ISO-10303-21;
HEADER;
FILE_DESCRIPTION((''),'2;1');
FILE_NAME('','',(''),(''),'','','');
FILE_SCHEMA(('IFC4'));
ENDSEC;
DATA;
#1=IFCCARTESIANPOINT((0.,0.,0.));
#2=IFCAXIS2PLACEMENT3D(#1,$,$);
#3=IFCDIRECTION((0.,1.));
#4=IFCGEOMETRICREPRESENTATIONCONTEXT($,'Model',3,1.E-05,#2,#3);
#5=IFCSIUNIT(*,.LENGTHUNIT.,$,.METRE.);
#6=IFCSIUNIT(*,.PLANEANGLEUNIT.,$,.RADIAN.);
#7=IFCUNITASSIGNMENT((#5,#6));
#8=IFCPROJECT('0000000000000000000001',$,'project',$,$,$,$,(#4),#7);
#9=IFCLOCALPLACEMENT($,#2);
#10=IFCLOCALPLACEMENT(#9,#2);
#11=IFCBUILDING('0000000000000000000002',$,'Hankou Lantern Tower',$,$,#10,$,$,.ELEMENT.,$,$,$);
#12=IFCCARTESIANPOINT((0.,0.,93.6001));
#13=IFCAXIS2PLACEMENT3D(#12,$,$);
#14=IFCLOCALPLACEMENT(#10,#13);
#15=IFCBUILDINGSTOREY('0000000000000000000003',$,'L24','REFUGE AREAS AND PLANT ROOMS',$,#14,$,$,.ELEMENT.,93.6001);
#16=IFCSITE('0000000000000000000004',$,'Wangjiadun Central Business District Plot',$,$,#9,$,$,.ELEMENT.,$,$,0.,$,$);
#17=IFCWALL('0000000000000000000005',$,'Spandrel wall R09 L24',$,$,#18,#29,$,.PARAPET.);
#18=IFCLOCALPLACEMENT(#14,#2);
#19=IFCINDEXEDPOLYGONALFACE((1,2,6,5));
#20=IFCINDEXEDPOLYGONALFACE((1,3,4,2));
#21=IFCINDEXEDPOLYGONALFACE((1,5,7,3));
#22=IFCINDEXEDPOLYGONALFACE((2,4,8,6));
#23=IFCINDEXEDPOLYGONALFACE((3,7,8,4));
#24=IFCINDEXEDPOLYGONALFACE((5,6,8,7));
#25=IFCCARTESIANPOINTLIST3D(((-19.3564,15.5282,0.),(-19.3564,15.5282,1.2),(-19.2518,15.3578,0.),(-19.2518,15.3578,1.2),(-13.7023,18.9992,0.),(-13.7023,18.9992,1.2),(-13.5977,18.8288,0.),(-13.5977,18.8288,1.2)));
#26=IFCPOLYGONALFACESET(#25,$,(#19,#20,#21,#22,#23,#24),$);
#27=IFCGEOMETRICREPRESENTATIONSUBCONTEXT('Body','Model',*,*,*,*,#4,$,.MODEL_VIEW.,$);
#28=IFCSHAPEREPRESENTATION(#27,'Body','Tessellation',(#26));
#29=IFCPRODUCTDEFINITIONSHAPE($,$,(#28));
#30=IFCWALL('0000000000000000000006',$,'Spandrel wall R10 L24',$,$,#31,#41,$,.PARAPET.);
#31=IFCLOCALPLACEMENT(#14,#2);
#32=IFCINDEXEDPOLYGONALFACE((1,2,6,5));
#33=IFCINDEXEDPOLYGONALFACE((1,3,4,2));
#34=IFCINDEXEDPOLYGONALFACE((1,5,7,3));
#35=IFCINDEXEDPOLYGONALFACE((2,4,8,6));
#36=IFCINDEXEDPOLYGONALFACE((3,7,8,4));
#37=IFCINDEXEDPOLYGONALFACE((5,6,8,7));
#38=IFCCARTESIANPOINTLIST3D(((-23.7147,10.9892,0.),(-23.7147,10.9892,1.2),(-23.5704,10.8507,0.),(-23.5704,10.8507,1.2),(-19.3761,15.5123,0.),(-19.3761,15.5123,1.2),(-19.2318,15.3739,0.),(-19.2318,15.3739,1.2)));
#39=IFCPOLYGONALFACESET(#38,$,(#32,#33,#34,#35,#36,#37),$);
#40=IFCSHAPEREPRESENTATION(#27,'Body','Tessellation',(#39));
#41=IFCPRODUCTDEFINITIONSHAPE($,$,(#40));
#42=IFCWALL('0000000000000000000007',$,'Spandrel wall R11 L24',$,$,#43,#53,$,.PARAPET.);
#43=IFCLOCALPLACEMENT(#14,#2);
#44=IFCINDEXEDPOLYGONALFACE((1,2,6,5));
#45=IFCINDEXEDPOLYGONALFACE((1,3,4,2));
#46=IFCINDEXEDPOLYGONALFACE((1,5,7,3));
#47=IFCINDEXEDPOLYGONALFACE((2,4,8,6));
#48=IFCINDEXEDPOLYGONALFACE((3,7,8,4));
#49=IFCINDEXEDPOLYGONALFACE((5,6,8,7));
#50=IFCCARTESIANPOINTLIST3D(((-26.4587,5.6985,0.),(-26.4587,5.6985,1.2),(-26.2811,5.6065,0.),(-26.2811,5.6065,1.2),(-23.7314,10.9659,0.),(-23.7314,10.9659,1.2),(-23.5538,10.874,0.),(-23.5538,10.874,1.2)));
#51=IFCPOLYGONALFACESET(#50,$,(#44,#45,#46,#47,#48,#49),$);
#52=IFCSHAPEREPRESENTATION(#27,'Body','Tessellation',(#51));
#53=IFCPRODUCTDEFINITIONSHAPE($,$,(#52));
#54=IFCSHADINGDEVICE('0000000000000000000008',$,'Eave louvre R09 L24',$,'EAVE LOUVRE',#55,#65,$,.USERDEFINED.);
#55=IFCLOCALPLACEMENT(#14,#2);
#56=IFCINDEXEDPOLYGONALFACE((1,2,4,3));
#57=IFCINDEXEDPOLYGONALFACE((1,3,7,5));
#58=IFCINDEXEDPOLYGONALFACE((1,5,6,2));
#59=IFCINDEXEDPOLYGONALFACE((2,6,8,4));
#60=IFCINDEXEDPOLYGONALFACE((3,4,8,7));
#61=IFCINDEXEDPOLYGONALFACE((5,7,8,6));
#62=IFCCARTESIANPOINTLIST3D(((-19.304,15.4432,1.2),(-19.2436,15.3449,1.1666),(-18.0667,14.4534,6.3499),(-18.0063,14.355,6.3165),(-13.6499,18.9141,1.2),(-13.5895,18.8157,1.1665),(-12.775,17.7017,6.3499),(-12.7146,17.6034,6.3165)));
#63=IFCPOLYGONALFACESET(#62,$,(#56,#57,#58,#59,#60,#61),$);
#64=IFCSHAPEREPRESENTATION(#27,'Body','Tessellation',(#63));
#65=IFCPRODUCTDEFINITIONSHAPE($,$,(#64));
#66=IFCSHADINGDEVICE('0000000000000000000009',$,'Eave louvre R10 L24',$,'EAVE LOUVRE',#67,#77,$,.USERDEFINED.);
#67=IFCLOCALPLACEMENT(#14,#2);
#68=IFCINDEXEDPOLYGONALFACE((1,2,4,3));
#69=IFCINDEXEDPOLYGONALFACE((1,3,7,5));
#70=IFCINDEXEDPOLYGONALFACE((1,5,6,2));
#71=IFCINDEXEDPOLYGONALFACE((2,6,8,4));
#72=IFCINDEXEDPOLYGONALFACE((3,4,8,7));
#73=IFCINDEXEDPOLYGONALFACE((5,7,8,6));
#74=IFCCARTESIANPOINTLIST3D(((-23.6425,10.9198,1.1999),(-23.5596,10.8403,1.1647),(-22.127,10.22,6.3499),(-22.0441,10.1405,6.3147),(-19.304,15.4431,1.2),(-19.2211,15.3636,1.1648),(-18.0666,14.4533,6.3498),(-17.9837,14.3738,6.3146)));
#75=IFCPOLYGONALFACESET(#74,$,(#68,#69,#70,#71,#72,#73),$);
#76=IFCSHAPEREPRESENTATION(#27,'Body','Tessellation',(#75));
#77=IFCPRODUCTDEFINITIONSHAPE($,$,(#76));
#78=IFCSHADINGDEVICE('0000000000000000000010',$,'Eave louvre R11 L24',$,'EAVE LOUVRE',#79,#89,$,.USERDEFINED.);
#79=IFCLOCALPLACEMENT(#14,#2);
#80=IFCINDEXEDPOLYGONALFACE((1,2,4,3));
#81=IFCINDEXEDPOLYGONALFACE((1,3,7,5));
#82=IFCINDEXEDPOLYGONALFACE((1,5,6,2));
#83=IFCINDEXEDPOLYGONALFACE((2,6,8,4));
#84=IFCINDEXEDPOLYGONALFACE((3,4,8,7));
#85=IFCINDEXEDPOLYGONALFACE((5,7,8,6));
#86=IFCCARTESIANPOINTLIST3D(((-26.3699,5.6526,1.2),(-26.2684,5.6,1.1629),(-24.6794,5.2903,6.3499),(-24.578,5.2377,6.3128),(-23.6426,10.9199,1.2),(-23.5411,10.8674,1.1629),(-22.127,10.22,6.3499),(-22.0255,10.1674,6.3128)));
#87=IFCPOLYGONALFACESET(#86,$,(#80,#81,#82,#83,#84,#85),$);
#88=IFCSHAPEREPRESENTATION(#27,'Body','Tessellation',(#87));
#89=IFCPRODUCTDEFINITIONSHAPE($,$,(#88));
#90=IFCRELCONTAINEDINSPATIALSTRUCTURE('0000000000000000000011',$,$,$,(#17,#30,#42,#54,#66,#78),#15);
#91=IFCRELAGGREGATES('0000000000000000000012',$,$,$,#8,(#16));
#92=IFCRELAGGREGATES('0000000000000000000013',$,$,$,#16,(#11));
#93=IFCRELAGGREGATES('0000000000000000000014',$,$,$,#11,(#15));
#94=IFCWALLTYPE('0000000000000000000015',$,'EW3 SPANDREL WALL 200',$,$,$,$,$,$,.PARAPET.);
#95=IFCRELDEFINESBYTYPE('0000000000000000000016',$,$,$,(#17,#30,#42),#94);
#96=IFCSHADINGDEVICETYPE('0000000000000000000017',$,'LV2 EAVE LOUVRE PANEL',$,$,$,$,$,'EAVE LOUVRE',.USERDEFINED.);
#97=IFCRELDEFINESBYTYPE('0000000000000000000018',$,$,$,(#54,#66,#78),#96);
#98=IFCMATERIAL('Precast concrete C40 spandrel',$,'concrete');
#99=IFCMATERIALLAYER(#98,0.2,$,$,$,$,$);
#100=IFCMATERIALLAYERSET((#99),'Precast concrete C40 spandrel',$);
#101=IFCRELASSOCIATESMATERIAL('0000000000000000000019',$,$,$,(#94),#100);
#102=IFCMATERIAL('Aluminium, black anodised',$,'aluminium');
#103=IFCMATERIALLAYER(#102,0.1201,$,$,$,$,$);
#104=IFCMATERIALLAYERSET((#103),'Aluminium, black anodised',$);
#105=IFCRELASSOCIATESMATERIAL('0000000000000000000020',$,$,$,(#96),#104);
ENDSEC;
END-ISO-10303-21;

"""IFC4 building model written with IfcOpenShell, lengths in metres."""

from ifc_helpers import new_model, si_unit, direction, frame, frame_2d, origin, place, context, subcontext, project, spatial, polyline, rectangle, outline, extrude, material, layer, layer_set, type_object, element, save


model = new_model("IFC4")

# Units and contexts
model_context = context("Model", 3, precision=1e-05, world=origin(), true_north=direction((0.0, 1.0)))
body_context = subcontext(model_context, "Body", "Model", "MODEL_VIEW")
ifc_project = project(units=[si_unit("LENGTHUNIT", "METRE"), si_unit("PLANEANGLEUNIT", "RADIAN")], contexts=[model_context])

# Site, building, storey
site_placement = place(None, origin())
site = spatial("IfcSite", under=ifc_project, at=site_placement, Name="Wangjiadun Central Business District Plot", CompositionType="ELEMENT", RefElevation=0.0)
building_placement = place(site_placement, origin())
building = spatial("IfcBuilding", under=site, at=building_placement, Name="Hankou Lantern Tower", CompositionType="ELEMENT")
storey_placement = place(building_placement, frame((0.0, 0.0, 93.6001)))
storey = spatial("IfcBuildingStorey", under=building, at=storey_placement, Name="L24", Description="REFUGE AREAS AND PLANT ROOMS", CompositionType="ELEMENT", Elevation=93.6001)

# Walls
ifc_material_1 = material(Name="Precast concrete C40 spandrel", Category="concrete")
ifc_layer_1 = layer(ifc_material_1, 0.2)
ifc_layer_set_1 = layer_set([ifc_layer_1], Name="Precast concrete C40 spandrel")
wall_type = type_object("IfcWallType", Name="EW3 SPANDREL WALL 200", PredefinedType="PARAPET", material=ifc_layer_set_1)
wall_1_placement = place(storey_placement, frame((-13.6499, 18.9141, 0.0), z_axis=(0.0, 0.0, 1.0), x_axis=(-0.852228, -0.523171, 0.0)))
element("IfcWall", 1, at=wall_1_placement, inside=storey, type_object=wall_type, Name="Spandrel wall R09 L24", PredefinedType="PARAPET", context=body_context, shape_type="SweptSolid", body=[
    extrude(rectangle(XDim=6.6345, YDim=0.2, at=frame_2d((3.3174, 0.0))), origin(), (0.0, 0.0, 1.0), 1.2),
])
wall_2_placement = place(storey_placement, frame((-19.304, 15.4431, 0.0), z_axis=(0.0, 0.0, 1.0), x_axis=(-0.692229, -0.721678, 0.0)))
element("IfcWall", 2, at=wall_2_placement, inside=storey, type_object=wall_type, Name="Spandrel wall R10 L24", PredefinedType="PARAPET", context=body_context, shape_type="SweptSolid", body=[
    extrude(rectangle(XDim=6.2676, YDim=0.2, at=frame_2d((3.1338, 0.0))), origin(), (0.0, 0.0, 1.0), 1.2),
])
wall_3_placement = place(storey_placement, frame((-23.6426, 10.9199, 0.0), z_axis=(0.0, 0.0, 1.0), x_axis=(-0.459797, -0.888024, 0.0)))
element("IfcWall", 3, at=wall_3_placement, inside=storey, type_object=wall_type, Name="Spandrel wall R11 L24", PredefinedType="PARAPET", context=body_context, shape_type="SweptSolid", body=[
    extrude(rectangle(XDim=5.9316, YDim=0.2, at=frame_2d((2.9658, 0.0))), origin(), (0.0, 0.0, 1.0), 1.2),
])

# Shading devices
ifc_material_2 = material(Name="Aluminium, black anodised", Category="aluminium")
ifc_layer_2 = layer(ifc_material_2, 0.1201)
ifc_layer_set_2 = layer_set([ifc_layer_2], Name="Aluminium, black anodised")
shading_device_type = type_object("IfcShadingDeviceType", Name="LV2 EAVE LOUVRE PANEL", ElementType="EAVE LOUVRE", PredefinedType="USERDEFINED", material=ifc_layer_set_2)
shading_device_1_placement = place(storey_placement, frame((-13.6499, 18.9141, 1.2), z_axis=(-0.502522, 0.818621, 0.278084), x_axis=(-0.852235, -0.523158, 0.000004)))
element("IfcShadingDevice", 4, at=shading_device_1_placement, inside=storey, type_object=shading_device_type, Name="Eave louvre R09 L24", ObjectType="EAVE LOUVRE", PredefinedType="USERDEFINED", context=body_context, shape_type="SweptSolid", body=[
    extrude(outline(polyline([(0.0, 0.0), (6.6344, 0.0), (6.0978, 5.3613), (-0.1114, 5.3614), (0.0, 0.0)])), origin(), (0.0, 0.0, -1.0), 0.1201),
])
shading_device_2_placement = place(storey_placement, frame((-19.304, 15.4431, 1.2), z_axis=(-0.690018, 0.661834, 0.293003), x_axis=(-0.692216, -0.721691, -0.000006)))
element("IfcShadingDevice", 5, at=shading_device_2_placement, inside=storey, type_object=shading_device_type, Name="Eave louvre R10 L24", ObjectType="EAVE LOUVRE", PredefinedType="USERDEFINED", context=body_context, shape_type="SweptSolid", body=[
    extrude(outline(polyline([(0.0, 0.0), (6.2676, 0.0), (5.7236, 5.3863), (-0.1422, 5.3863), (0.0, 0.0)])), origin(), (0.0, 0.0, -1.0), 0.1201),
])
shading_device_3_placement = place(storey_placement, frame((-23.6426, 10.9199, 1.2), z_axis=(-0.844828, 0.437433, 0.308087), x_axis=(-0.459798, -0.888023, 0.0)))
element("IfcShadingDevice", 6, at=shading_device_3_placement, inside=storey, type_object=shading_device_type, Name="Eave louvre R11 L24", ObjectType="EAVE LOUVRE", PredefinedType="USERDEFINED", context=body_context, shape_type="SweptSolid", body=[
    extrude(outline(polyline([(0.0, 0.0), (5.9315, 0.0), (5.476, 5.4132), (-0.0753, 5.4132), (0.0, 0.0)])), origin(), (0.0, 0.0, -1.0), 0.1201),
])

save(model, "model.ifc")
